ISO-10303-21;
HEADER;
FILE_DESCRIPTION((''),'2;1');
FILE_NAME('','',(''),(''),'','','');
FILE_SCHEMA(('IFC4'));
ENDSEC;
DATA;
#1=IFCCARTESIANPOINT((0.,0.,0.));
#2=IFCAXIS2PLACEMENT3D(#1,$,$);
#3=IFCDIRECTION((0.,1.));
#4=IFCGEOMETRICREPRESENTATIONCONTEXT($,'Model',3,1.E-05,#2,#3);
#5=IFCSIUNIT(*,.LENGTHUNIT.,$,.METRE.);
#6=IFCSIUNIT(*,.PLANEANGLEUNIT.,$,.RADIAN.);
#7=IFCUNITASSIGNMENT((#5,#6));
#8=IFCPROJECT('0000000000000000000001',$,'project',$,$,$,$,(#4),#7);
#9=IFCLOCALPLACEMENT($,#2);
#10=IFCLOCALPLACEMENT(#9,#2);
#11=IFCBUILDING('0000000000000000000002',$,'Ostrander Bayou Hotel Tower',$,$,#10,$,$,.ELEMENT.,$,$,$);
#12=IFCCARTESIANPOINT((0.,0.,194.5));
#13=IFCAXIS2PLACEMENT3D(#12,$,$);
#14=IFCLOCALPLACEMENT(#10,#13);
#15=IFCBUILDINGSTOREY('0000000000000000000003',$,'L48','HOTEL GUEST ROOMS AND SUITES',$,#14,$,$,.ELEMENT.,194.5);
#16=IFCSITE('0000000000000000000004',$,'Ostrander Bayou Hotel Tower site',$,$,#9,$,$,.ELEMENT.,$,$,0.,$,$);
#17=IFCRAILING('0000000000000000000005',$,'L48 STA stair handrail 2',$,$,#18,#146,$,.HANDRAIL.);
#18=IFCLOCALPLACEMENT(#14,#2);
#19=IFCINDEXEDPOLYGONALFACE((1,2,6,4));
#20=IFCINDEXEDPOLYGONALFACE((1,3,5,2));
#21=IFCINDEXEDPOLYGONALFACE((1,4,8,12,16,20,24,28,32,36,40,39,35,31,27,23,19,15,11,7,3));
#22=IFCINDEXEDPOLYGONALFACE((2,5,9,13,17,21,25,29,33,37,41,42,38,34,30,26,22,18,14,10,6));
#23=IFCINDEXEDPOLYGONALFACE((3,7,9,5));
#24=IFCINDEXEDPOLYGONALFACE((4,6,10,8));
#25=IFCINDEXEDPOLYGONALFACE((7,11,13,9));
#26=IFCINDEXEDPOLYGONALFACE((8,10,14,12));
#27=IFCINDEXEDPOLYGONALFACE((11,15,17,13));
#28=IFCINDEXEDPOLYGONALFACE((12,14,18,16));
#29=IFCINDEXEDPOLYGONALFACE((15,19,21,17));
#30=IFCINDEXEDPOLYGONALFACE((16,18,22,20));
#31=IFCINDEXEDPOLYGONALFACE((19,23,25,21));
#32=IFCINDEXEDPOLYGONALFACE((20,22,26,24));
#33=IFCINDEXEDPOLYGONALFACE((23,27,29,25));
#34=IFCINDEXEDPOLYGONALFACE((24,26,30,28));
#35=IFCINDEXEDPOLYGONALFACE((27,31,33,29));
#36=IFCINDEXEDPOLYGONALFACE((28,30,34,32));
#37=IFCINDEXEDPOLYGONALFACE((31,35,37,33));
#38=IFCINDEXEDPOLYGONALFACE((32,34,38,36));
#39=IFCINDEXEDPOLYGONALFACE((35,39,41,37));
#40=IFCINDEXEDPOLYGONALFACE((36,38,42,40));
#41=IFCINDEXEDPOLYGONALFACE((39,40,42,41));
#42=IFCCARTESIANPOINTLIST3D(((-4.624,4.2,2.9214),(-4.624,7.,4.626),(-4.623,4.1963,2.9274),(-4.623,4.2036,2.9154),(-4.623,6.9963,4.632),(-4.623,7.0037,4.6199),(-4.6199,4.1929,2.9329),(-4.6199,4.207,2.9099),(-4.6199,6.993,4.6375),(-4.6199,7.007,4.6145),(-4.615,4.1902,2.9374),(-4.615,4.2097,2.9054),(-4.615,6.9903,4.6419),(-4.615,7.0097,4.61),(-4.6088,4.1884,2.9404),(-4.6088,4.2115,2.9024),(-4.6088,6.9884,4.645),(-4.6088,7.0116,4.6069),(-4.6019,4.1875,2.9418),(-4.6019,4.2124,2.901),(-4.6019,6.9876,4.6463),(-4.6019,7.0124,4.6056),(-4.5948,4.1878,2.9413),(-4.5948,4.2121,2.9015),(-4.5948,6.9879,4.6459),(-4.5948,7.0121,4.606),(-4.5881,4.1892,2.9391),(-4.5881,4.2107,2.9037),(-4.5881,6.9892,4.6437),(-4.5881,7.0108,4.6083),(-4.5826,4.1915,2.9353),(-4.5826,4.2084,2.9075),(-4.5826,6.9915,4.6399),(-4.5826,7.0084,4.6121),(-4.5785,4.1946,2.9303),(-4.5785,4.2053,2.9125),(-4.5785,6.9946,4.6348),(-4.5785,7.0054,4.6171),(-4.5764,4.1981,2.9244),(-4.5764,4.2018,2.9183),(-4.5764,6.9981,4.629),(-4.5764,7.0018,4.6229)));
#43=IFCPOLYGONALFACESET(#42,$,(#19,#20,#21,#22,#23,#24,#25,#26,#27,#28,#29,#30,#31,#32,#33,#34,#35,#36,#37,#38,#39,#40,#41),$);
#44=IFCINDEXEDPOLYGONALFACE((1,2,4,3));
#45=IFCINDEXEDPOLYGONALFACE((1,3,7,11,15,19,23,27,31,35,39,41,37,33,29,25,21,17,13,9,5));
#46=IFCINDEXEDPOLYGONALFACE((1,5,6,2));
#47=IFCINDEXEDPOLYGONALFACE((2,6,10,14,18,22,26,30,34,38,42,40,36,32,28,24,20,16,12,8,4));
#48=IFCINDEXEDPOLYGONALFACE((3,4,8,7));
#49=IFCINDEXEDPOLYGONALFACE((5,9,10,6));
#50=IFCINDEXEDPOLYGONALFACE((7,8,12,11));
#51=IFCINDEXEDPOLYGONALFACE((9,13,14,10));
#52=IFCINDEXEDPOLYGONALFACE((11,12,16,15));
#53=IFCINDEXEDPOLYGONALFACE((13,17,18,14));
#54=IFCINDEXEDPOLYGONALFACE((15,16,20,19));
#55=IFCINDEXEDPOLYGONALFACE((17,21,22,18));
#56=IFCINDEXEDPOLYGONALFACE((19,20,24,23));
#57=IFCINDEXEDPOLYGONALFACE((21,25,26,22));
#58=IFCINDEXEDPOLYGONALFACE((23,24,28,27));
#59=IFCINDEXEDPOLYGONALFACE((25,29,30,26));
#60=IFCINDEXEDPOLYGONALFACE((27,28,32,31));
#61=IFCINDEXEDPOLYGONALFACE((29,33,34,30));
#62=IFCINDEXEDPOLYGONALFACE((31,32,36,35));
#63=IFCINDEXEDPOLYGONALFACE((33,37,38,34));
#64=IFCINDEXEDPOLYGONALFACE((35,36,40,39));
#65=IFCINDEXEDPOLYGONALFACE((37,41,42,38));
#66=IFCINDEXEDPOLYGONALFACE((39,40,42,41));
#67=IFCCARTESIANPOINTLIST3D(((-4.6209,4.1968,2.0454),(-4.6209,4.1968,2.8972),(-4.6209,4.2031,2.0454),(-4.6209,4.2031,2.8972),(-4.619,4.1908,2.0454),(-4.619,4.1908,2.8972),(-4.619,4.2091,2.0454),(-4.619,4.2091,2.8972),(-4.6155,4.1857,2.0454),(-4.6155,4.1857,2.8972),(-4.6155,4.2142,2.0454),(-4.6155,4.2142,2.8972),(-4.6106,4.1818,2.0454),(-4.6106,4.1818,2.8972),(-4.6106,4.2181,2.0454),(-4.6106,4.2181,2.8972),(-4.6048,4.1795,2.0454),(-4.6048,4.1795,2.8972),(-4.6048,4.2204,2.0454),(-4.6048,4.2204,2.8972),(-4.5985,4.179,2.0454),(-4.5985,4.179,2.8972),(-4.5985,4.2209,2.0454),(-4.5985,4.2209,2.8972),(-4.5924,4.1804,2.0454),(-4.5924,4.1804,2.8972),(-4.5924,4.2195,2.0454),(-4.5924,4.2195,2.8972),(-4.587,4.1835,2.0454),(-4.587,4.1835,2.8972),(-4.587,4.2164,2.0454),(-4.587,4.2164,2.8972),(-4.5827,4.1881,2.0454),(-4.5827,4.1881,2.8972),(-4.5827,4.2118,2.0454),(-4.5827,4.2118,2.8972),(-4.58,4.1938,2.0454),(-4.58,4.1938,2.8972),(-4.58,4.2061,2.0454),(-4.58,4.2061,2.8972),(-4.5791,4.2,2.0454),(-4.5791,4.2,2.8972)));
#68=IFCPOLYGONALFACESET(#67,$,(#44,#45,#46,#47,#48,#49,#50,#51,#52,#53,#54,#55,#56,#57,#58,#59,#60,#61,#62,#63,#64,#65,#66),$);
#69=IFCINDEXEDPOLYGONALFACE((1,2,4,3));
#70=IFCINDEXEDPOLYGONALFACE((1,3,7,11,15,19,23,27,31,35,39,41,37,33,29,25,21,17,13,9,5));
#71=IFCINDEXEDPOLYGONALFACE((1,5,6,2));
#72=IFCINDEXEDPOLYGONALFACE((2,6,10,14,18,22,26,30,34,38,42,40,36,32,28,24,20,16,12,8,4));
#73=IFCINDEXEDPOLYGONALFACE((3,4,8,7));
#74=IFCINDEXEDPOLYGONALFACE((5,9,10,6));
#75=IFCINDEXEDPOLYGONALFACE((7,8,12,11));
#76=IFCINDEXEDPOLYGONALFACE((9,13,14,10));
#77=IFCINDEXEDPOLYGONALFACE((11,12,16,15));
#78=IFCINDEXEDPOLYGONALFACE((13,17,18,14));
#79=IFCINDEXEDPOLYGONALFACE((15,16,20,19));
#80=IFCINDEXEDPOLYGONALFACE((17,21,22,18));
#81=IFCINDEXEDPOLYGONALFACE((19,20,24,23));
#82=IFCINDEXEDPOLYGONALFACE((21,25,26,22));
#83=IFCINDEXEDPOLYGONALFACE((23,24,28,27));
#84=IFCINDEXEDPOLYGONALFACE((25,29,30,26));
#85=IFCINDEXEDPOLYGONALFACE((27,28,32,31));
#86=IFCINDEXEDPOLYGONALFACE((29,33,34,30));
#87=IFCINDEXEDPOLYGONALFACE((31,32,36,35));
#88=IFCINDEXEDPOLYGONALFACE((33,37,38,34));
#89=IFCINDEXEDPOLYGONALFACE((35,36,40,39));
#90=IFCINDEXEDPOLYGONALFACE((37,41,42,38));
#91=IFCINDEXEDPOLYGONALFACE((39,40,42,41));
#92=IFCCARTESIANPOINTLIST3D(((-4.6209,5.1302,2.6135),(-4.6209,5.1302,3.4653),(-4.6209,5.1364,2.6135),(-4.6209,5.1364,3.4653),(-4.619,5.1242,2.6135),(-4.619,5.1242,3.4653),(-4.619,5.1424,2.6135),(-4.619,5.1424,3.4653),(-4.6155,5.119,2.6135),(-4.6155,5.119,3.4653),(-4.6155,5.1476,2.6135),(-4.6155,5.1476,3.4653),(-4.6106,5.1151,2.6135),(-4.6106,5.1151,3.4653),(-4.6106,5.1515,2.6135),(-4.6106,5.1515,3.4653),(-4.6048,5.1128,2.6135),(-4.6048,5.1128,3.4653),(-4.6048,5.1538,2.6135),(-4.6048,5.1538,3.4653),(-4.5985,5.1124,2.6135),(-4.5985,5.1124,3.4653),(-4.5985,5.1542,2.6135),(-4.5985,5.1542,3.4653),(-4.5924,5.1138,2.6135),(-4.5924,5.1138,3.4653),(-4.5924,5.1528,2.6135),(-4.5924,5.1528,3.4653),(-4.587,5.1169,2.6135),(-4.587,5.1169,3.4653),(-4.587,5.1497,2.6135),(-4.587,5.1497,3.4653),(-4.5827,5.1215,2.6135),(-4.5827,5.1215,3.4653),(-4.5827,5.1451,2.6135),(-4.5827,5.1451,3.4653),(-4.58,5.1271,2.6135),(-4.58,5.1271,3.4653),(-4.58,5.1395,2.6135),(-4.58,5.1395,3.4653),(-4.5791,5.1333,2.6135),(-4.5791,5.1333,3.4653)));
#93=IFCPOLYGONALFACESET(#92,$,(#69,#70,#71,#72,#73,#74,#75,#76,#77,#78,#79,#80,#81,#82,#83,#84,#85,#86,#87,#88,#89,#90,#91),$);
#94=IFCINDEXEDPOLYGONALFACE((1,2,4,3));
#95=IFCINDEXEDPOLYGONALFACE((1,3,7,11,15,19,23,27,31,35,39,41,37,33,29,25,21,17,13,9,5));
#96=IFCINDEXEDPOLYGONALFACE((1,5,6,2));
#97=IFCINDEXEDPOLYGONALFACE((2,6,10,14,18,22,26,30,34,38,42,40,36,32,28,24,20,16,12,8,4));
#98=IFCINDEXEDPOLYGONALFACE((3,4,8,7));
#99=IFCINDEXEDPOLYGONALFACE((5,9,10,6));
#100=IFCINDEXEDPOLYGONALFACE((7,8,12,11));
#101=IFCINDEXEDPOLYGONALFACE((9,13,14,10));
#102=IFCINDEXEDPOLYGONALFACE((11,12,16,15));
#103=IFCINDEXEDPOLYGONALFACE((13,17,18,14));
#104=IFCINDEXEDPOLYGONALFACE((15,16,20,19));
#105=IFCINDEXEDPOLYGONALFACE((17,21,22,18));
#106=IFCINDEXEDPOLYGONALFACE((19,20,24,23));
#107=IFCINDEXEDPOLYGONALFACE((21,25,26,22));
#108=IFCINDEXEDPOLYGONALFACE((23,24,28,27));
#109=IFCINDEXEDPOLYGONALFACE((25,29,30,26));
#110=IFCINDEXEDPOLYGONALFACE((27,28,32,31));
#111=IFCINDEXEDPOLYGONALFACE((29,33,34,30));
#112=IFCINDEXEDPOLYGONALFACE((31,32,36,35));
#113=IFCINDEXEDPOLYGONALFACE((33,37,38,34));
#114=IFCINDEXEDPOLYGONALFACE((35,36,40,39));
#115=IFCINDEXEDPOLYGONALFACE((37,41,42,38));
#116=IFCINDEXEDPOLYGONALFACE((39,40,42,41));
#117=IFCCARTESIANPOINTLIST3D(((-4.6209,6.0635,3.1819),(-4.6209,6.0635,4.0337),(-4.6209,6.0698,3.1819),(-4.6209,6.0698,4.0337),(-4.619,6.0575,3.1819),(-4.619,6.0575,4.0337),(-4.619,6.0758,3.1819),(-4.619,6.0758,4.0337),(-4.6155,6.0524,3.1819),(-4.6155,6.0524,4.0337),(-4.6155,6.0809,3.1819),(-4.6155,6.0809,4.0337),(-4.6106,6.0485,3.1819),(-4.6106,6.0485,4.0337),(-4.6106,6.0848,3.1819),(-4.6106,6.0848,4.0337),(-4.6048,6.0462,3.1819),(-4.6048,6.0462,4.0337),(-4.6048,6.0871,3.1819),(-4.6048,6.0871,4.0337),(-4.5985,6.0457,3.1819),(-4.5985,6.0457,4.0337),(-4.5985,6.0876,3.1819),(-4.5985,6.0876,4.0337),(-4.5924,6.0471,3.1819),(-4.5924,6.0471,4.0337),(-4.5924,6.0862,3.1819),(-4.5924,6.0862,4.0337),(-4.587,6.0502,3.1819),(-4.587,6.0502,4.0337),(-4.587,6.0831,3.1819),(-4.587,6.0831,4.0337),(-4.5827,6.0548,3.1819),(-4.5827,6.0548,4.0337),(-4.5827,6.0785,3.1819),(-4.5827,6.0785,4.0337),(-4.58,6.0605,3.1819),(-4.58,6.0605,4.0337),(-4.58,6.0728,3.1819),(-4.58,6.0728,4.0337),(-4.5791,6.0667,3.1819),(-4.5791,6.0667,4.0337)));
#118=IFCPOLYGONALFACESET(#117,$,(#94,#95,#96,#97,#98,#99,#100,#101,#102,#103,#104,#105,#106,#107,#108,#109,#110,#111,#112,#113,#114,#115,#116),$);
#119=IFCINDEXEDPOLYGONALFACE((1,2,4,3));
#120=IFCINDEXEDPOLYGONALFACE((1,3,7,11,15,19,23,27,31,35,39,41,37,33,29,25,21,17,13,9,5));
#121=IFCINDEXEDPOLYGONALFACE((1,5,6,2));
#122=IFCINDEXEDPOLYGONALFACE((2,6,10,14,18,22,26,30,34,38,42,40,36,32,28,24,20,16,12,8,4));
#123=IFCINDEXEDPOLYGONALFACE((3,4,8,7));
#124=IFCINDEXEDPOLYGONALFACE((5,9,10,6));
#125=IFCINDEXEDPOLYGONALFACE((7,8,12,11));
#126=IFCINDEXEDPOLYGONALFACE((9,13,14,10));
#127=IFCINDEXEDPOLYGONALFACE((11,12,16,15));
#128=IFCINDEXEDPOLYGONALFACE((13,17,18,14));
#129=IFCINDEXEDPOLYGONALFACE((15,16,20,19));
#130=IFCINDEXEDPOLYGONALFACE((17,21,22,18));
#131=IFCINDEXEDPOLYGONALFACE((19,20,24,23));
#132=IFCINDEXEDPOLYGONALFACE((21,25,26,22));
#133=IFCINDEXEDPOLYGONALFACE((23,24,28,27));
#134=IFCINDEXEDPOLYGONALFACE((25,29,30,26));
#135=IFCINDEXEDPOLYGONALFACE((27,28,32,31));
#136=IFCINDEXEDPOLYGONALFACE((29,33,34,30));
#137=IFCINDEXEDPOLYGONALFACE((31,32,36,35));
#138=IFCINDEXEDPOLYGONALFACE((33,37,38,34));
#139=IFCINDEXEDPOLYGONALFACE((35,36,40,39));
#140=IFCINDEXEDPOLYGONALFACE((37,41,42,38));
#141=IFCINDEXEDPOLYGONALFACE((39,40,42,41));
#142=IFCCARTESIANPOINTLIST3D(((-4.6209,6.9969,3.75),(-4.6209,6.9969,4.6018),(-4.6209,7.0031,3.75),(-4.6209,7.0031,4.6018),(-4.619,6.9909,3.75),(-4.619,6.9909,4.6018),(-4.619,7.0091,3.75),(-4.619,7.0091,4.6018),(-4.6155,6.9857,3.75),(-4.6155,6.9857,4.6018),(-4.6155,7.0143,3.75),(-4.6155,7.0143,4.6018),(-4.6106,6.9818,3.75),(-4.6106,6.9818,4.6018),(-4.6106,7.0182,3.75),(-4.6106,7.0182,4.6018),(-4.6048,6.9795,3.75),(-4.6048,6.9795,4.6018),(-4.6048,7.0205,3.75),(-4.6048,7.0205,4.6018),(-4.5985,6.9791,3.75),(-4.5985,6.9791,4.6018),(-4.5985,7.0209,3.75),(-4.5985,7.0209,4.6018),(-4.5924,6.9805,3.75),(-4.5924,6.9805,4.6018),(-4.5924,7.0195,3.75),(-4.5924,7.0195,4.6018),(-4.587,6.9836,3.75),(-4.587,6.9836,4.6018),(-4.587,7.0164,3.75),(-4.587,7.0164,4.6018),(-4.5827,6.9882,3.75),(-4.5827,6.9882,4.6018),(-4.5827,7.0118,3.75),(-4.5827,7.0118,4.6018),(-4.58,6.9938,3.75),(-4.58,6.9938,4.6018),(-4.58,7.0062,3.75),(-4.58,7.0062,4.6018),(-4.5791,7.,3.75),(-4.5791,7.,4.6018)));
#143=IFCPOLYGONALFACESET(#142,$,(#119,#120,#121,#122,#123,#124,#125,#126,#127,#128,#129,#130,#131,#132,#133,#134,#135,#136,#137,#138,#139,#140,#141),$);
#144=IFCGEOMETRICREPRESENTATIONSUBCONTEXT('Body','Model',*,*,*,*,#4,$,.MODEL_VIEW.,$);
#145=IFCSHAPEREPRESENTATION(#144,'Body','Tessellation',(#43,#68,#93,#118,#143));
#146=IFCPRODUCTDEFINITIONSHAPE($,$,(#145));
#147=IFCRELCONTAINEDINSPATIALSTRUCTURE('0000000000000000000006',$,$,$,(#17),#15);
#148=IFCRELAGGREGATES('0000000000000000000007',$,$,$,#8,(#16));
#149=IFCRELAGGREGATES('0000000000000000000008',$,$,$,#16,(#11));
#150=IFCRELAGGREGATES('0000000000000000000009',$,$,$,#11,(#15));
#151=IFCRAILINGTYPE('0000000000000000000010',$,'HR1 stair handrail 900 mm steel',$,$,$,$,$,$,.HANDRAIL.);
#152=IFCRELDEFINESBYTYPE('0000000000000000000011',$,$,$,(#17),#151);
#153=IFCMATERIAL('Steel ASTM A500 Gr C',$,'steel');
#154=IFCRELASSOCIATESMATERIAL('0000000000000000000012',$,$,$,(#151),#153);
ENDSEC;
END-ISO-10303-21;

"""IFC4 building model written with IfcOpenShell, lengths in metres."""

from ifc_helpers import new_model, si_unit, direction, frame, origin, origin_2d, place, context, subcontext, project, spatial, circle, extrude, material, type_object, element, save


model = new_model("IFC4")

# Units and contexts
model_context = context("Model", 3, precision=1e-05, world=origin(), true_north=direction((0.0, 1.0)))
body_context = subcontext(model_context, "Body", "Model", "MODEL_VIEW")
ifc_project = project(units=[si_unit("LENGTHUNIT", "METRE"), si_unit("PLANEANGLEUNIT", "RADIAN")], contexts=[model_context])

# Site, building, storey
site_placement = place(None, origin())
site = spatial("IfcSite", under=ifc_project, at=site_placement, Name="Ostrander Bayou Hotel Tower site", CompositionType="ELEMENT", RefElevation=0.0)
building_placement = place(site_placement, origin())
building = spatial("IfcBuilding", under=site, at=building_placement, Name="Ostrander Bayou Hotel Tower", CompositionType="ELEMENT")
storey_placement = place(building_placement, frame((0.0, 0.0, 194.5)))
storey = spatial("IfcBuildingStorey", under=building, at=storey_placement, Name="L48", Description="HOTEL GUEST ROOMS AND SUITES", CompositionType="ELEMENT", Elevation=194.5)

# Railing
ifc_material_1 = material(Name="Steel ASTM A500 Gr C", Category="steel")
railing_type_1 = type_object("IfcRailingType", Name="HR1 stair handrail 900 mm steel", PredefinedType="HANDRAIL", material=ifc_material_1)
railing_1_placement = place(storey_placement, frame((-4.6001, 4.2, 2.0454)))
element("IfcRailing", 1, at=railing_1_placement, inside=storey, type_object=railing_type_1, Name="L48 STA stair handrail 2", PredefinedType="HANDRAIL", context=body_context, shape_type="SweptSolid", body=[
    extrude(circle(Radius=0.0239, at=origin_2d()), frame((0.0, 0.0, 0.876), z_axis=(0.0, 0.85417, 0.519994), x_axis=(-1.0, 0.0, 0.0)), (0.0, 0.0, 1.0), 3.2781),
    extrude(circle(Radius=0.021, at=origin_2d()), origin(), (0.0, 0.0, 1.0), 0.8518),
    extrude(circle(Radius=0.021, at=origin_2d()), frame((0.0, 0.9333, 0.5681)), (0.0, 0.0, 1.0), 0.8518),
    extrude(circle(Radius=0.021, at=origin_2d()), frame((0.0, 1.8667, 1.1365)), (0.0, 0.0, 1.0), 0.8518),
    extrude(circle(Radius=0.021, at=origin_2d()), frame((0.0, 2.8, 1.7046)), (0.0, 0.0, 1.0), 0.8518),
])

save(model, "model.ifc")
